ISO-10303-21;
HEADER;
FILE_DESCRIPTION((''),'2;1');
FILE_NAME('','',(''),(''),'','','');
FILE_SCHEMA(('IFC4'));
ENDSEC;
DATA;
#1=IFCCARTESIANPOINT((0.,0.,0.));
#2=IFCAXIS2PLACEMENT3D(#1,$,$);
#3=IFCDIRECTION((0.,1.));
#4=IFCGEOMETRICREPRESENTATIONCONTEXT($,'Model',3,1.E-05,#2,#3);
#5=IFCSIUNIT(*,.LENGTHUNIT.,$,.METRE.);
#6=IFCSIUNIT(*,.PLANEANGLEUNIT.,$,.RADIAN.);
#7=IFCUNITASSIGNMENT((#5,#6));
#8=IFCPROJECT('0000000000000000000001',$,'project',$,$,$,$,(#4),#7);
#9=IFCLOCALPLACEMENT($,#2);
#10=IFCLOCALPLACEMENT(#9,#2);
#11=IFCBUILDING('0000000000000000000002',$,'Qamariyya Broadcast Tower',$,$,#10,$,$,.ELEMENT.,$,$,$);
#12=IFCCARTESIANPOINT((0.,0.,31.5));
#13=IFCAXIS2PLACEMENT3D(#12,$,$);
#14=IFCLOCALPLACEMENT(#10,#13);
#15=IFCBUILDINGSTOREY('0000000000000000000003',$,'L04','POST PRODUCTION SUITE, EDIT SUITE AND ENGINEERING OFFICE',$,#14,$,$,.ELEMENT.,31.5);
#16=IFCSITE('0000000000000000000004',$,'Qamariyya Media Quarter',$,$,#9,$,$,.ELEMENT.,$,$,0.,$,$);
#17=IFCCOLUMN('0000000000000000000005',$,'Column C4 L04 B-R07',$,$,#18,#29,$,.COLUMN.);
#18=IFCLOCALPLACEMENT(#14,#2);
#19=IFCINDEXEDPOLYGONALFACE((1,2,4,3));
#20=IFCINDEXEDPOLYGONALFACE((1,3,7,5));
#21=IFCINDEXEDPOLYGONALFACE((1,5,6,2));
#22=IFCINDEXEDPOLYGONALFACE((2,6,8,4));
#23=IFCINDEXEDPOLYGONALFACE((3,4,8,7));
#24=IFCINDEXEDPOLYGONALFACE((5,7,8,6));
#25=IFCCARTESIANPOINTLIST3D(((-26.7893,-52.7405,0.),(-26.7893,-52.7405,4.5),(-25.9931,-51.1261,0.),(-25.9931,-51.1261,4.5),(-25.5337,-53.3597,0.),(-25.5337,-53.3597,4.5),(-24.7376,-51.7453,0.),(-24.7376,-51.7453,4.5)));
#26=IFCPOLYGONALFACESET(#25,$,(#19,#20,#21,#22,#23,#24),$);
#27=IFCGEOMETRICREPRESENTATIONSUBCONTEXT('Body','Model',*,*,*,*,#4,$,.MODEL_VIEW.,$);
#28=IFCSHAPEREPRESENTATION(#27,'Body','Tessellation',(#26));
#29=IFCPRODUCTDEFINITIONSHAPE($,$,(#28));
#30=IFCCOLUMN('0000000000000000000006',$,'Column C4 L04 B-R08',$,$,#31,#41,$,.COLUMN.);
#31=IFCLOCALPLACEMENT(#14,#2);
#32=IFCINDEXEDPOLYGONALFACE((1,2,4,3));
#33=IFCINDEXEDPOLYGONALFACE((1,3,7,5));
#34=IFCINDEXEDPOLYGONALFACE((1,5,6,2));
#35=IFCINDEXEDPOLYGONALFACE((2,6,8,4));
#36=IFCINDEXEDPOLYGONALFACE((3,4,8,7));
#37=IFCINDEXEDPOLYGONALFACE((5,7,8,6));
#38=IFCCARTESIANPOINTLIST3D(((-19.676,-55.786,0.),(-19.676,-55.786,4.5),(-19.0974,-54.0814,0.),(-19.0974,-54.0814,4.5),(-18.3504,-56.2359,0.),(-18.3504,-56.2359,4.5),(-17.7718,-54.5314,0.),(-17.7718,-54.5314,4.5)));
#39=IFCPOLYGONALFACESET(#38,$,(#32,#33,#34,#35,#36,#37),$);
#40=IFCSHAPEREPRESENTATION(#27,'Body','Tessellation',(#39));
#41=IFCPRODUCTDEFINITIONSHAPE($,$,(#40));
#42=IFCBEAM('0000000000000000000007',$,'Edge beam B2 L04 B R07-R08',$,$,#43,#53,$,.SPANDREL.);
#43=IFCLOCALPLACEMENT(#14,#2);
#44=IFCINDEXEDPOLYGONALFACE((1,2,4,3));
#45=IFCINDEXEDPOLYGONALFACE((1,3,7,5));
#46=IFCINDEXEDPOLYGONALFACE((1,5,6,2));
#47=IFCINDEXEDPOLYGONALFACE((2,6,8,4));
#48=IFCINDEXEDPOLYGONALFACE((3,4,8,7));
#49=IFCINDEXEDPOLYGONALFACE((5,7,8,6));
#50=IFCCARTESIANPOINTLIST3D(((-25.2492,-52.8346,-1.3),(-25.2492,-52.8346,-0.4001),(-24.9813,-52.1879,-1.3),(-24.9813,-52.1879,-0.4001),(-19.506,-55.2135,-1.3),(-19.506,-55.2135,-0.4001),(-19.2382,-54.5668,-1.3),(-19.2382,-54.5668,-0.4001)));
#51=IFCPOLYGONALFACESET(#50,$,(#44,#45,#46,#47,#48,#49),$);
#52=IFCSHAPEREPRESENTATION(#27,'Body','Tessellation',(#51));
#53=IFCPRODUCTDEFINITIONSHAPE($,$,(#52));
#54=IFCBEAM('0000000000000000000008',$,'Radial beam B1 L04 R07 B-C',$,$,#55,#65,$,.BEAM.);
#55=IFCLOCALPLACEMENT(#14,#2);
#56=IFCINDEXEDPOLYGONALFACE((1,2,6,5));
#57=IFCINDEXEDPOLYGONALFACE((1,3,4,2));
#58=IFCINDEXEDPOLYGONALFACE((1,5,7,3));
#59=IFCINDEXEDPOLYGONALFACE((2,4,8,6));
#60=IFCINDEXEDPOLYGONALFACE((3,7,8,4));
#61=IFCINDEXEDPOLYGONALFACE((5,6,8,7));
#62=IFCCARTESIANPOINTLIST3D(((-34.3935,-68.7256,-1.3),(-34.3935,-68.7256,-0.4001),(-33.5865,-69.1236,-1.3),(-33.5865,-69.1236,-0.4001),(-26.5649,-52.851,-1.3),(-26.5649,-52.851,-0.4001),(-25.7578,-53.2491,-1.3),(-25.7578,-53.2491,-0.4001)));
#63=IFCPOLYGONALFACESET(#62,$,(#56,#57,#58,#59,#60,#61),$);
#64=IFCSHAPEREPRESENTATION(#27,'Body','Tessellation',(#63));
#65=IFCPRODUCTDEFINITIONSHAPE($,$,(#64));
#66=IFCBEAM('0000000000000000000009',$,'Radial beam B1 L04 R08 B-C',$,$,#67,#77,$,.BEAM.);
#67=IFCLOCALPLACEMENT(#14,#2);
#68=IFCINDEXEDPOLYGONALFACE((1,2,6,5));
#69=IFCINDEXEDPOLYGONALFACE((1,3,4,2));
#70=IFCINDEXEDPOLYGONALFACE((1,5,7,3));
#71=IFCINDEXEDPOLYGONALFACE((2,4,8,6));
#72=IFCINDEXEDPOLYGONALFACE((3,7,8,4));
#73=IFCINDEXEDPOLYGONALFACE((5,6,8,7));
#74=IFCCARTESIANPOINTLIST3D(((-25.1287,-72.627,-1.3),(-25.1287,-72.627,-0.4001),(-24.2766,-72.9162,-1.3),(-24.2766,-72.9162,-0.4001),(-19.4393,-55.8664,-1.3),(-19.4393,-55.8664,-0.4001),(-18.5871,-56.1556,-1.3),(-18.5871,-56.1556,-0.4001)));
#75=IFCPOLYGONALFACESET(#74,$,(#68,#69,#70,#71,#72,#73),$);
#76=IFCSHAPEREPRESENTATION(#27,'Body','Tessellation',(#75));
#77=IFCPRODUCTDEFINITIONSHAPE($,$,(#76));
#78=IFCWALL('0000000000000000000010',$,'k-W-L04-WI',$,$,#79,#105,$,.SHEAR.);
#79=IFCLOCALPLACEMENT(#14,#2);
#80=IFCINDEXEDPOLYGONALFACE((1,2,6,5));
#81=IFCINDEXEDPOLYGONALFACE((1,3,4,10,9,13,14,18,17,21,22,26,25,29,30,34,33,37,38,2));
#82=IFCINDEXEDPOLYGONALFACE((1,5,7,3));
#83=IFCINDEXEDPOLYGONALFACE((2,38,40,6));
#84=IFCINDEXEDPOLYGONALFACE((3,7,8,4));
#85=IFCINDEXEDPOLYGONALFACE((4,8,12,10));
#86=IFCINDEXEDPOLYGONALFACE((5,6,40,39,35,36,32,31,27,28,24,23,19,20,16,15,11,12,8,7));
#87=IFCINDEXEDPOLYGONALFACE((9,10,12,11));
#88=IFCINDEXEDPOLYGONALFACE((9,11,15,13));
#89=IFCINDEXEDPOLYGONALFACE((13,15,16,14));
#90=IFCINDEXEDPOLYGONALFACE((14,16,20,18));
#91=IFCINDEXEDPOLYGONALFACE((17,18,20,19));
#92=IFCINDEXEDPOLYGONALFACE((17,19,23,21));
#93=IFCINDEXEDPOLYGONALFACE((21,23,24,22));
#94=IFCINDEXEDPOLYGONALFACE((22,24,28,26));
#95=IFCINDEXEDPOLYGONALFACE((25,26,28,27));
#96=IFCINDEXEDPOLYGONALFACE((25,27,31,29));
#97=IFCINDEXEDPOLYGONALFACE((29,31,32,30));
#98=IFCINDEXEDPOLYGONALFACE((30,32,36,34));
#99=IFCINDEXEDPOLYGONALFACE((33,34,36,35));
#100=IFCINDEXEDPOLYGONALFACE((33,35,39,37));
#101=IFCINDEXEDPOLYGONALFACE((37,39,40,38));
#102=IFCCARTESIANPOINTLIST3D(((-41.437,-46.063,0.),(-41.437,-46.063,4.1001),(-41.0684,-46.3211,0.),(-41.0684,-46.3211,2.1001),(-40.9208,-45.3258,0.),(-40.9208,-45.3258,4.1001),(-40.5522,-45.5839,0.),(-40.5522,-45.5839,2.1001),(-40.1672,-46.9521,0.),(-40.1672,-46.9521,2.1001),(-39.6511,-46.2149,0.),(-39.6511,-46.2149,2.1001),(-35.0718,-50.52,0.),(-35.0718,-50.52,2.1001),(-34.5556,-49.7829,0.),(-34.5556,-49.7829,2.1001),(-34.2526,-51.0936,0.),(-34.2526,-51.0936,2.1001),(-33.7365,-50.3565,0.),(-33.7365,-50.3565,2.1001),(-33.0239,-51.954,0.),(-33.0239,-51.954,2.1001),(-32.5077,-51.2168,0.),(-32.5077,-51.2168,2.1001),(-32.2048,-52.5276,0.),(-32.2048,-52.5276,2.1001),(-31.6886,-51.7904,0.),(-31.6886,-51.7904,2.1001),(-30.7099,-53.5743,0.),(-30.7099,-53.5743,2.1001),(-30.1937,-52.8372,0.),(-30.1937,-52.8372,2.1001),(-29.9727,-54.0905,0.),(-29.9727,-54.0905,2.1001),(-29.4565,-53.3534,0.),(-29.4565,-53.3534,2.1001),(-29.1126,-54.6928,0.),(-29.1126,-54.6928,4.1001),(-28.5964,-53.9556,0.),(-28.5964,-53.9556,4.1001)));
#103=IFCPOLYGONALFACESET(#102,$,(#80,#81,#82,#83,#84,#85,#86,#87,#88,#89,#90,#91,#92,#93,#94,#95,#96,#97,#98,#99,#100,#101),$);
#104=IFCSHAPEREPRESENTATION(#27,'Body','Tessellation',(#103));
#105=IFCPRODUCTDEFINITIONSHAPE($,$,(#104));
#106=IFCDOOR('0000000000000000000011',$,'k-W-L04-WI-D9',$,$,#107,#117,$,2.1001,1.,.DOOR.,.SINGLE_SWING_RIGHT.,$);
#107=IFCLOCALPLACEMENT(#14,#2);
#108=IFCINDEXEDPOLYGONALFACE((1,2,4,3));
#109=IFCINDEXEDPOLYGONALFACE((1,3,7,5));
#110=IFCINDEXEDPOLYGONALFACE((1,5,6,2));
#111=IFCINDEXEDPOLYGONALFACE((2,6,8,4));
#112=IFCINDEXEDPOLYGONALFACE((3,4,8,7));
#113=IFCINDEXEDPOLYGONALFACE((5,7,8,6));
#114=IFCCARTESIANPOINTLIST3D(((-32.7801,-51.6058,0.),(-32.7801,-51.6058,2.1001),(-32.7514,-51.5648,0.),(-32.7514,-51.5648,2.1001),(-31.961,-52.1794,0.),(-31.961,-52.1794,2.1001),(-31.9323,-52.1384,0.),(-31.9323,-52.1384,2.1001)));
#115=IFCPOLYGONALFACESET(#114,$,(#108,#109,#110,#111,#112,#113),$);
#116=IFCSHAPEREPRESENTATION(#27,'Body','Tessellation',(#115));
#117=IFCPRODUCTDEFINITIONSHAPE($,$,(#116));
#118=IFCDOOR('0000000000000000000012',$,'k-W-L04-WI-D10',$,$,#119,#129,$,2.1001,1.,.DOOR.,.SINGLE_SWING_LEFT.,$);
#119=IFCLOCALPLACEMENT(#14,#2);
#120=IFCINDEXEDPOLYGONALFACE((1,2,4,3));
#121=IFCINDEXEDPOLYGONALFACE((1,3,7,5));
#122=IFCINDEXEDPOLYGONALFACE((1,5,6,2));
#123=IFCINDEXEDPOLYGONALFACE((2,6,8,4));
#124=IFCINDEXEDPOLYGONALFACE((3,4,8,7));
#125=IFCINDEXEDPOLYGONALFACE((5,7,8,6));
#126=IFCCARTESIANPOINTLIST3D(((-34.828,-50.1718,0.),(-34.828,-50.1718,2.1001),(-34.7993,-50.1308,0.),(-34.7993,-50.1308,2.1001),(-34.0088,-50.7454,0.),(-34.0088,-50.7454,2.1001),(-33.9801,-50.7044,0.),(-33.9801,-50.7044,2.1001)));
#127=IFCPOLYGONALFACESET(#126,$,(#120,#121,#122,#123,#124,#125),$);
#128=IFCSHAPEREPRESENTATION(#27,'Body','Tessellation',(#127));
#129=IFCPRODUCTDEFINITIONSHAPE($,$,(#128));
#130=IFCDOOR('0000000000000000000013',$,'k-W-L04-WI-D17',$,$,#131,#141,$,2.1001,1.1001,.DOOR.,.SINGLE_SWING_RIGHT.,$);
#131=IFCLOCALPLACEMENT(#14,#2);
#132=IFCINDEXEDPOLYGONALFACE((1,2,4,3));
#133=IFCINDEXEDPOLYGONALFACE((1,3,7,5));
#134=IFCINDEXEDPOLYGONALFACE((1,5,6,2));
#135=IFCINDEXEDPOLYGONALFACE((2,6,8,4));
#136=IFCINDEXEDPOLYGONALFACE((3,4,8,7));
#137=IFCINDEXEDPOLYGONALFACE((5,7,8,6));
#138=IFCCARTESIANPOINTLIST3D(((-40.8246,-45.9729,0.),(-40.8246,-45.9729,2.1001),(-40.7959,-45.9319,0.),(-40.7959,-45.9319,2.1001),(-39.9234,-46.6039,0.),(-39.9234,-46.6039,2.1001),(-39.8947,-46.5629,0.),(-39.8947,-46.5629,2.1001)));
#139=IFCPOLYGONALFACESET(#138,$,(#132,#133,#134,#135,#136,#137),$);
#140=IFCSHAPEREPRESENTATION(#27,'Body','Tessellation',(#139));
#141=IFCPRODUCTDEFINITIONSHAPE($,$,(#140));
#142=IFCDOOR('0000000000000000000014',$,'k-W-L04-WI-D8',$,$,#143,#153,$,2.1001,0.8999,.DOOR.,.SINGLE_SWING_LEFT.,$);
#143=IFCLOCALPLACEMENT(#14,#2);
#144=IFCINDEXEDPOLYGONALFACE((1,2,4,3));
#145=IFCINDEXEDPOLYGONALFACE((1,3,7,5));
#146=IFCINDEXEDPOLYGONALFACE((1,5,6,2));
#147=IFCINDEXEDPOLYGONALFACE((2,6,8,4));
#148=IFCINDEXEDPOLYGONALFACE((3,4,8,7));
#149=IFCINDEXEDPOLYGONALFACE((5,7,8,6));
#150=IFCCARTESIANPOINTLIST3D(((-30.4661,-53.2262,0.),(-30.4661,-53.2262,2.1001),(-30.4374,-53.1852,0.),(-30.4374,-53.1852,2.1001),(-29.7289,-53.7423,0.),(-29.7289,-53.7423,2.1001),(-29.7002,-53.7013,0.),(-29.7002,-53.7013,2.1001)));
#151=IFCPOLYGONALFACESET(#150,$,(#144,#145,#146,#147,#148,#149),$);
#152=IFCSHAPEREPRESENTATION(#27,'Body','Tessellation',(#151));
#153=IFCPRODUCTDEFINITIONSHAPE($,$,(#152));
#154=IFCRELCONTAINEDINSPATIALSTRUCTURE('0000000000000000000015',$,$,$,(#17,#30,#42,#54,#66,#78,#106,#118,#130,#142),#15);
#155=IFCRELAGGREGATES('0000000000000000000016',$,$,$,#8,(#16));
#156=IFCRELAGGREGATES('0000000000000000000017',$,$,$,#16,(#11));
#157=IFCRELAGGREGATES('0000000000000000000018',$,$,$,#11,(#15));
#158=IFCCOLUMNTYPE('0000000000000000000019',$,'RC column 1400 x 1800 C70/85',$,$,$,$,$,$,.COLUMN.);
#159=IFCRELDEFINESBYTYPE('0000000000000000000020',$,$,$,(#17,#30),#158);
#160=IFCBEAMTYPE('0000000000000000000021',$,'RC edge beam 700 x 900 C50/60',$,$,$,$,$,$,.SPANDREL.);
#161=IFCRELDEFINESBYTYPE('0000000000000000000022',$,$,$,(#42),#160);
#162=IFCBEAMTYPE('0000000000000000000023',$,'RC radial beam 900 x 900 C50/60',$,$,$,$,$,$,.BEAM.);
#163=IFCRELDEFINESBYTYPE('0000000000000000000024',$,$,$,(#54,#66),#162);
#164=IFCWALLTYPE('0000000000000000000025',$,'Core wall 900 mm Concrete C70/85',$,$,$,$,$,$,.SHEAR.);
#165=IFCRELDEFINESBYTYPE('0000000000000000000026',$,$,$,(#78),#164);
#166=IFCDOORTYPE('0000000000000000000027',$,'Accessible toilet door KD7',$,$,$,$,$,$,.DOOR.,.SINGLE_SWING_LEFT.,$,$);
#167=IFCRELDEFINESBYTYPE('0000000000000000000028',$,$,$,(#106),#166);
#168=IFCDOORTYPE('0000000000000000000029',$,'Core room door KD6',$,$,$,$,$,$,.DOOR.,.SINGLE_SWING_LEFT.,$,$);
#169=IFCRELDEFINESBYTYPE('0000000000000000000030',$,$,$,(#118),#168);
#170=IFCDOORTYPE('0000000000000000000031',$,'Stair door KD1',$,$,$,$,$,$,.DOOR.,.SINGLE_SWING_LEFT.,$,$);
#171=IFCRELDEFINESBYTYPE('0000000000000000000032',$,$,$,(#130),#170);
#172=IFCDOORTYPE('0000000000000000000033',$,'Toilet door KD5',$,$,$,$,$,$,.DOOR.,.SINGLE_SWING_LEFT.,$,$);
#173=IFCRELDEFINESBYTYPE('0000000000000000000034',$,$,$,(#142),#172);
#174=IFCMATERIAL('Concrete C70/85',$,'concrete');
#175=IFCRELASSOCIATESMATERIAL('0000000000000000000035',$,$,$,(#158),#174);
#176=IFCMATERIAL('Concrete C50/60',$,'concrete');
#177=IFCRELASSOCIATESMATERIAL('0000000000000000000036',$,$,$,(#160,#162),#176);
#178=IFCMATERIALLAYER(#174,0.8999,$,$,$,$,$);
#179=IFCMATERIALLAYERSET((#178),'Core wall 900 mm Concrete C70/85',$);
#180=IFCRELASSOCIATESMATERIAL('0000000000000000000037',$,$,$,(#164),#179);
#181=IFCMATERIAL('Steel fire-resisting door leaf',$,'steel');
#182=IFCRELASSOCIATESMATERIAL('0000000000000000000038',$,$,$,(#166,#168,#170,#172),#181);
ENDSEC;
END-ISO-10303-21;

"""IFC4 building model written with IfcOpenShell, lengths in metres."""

from ifc_helpers import new_model, si_unit, direction, frame, frame_2d, origin, origin_2d, place, context, subcontext, project, spatial, rectangle, extrude, material, layer, layer_set, material_profile, profile_set, type_object, element, fill, save


model = new_model("IFC4")

# Units and contexts
model_context = context("Model", 3, precision=1e-05, world=origin(), true_north=direction((0.0, 1.0)))
body_context = subcontext(model_context, "Body", "Model", "MODEL_VIEW")
ifc_project = project(units=[si_unit("LENGTHUNIT", "METRE"), si_unit("PLANEANGLEUNIT", "RADIAN")], contexts=[model_context])

# Site, building, storey
site_placement = place(None, origin())
site = spatial("IfcSite", under=ifc_project, at=site_placement, Name="Qamariyya Media Quarter", CompositionType="ELEMENT", RefElevation=0.0)
building_placement = place(site_placement, origin())
building = spatial("IfcBuilding", under=site, at=building_placement, Name="Qamariyya Broadcast Tower", CompositionType="ELEMENT")
storey_placement = place(building_placement, frame((0.0, 0.0, 31.5)))
storey = spatial("IfcBuildingStorey", under=building, at=storey_placement, Name="L04", Description="POST PRODUCTION SUITE, EDIT SUITE AND ENGINEERING OFFICE", CompositionType="ELEMENT", Elevation=31.5)

# Columns
ifc_material_1 = material(Name="Concrete C70/85", Category="concrete")
ifc_material_profile_1 = material_profile(ifc_material_1, rectangle(XDim=1.3999, YDim=1.8, at=origin_2d()))
ifc_profile_set_1 = profile_set([ifc_material_profile_1], Name="Concrete C70/85")
column_type = type_object("IfcColumnType", Name="RC column 1400 x 1800 C70/85", PredefinedType="COLUMN", material=ifc_profile_set_1)
for number, where, z_axis, x_axis, name in (
    (1, (-25.7634, -52.2429, 0.0), (0.0, 0.0, 1.0), (0.896873, -0.442289, 0.0), "Column C4 L04 B-R07"),
    (2, (-18.7239, -55.1587, 0.0), (0.0, 0.0, 1.0), (0.94693, -0.321439, 0.0), "Column C4 L04 B-R08"),
):
    element("IfcColumn", number, at=place(storey_placement, frame(where, z_axis=z_axis, x_axis=x_axis)), inside=storey, type_object=column_type, Name=name, PredefinedType="COLUMN", context=body_context, shape_type="SweptSolid", body=[
        extrude(rectangle(XDim=1.3999, YDim=1.8, at=origin_2d()), origin(), (0.0, 0.0, 1.0), 4.5),
    ])

# Beams
ifc_material_2 = material(Name="Concrete C50/60", Category="concrete")
ifc_material_profile_2 = material_profile(ifc_material_2, rectangle(XDim=0.7, YDim=0.8999, at=origin_2d()))
ifc_profile_set_2 = profile_set([ifc_material_profile_2], Name="Concrete C50/60")
beam_type_1 = type_object("IfcBeamType", Name="RC edge beam 700 x 900 C50/60", PredefinedType="SPANDREL", material=ifc_profile_set_2)
beam_placement = place(storey_placement, frame((-25.1152, -52.5112, -0.8501), z_axis=(0.923879, -0.382685, 0.0), x_axis=(0.382685, 0.923879, 0.0)))
element("IfcBeam", 3, at=beam_placement, inside=storey, type_object=beam_type_1, Name="Edge beam B2 L04 B R07-R08", PredefinedType="SPANDREL", context=body_context, shape_type="SweptSolid", body=[
    extrude(rectangle(XDim=0.7, YDim=0.8999, at=origin_2d()), origin(), (0.0, 0.0, 1.0), 6.2163),
])
ifc_material_profile_3 = material_profile(ifc_material_2, rectangle(XDim=0.8999, YDim=0.8999, at=origin_2d()))
ifc_profile_set_3 = profile_set([ifc_material_profile_3], Name="Concrete C50/60")
beam_type_2 = type_object("IfcBeamType", Name="RC radial beam 900 x 900 C50/60", PredefinedType="BEAM", material=ifc_profile_set_3)
for number, where, z_axis, x_axis, name in (
    (4, (-26.1614, -53.05, -0.8501), (-0.442296, -0.896869, 0.0), (0.896869, -0.442296, 0.0), "Radial beam B1 L04 R07 B-C"),
    (5, (-19.0132, -56.011, -0.8501), (-0.321441, -0.94693, 0.0), (0.94693, -0.321441, 0.0), "Radial beam B1 L04 R08 B-C"),
):
    element("IfcBeam", number, at=place(storey_placement, frame(where, z_axis=z_axis, x_axis=x_axis)), inside=storey, type_object=beam_type_2, Name=name, PredefinedType="BEAM", context=body_context, shape_type="SweptSolid", body=[
        extrude(rectangle(XDim=0.8999, YDim=0.8999, at=origin_2d()), origin(), (0.0, 0.0, 1.0), 17.7),
    ])

# Wall, openings, doors
ifc_layer_1 = layer(ifc_material_1, 0.8999)
ifc_layer_set_1 = layer_set([ifc_layer_1], Name="Core wall 900 mm Concrete C70/85")
wall_type_1 = type_object("IfcWallType", Name="Core wall 900 mm Concrete C70/85", PredefinedType="SHEAR", material=ifc_layer_set_1)
wall_1_placement = place(storey_placement, frame((-28.8545, -54.3242, 0.0), z_axis=(0.0, 0.0, 1.0), x_axis=(-0.819146, 0.573585, 0.0)))
wall_1 = element("IfcWall", 6, at=wall_1_placement, inside=storey, type_object=wall_type_1, Name="k-W-L04-WI", PredefinedType="SHEAR", context=body_context, shape_type="SweptSolid", body=[
    extrude(rectangle(XDim=15.0454, YDim=0.8999, at=frame_2d((7.5227, 0.0))), origin(), (0.0, 0.0, 1.0), 4.1001),
])
opening_1_placement = place(wall_1_placement, frame((1.05, 0.0, 0.0)))
opening_1 = element("IfcOpeningElement", 7, at=opening_1_placement, cuts=wall_1, PredefinedType="OPENING", context=body_context, shape_type="SweptSolid", body=[
    extrude(rectangle(XDim=0.8999, YDim=2.1001, at=frame_2d((0.45, 1.05))), frame((0.0, 0.46, 0.0), z_axis=(0.0, -1.0, 0.0), x_axis=(1.0, 0.0, 0.0)), (0.0, 0.0, 1.0), 0.9199),
])
opening_2_placement = place(wall_1_placement, frame((3.7749, 0.0, 0.0)))
opening_2 = element("IfcOpeningElement", 8, at=opening_2_placement, cuts=wall_1, PredefinedType="OPENING", context=body_context, shape_type="SweptSolid", body=[
    extrude(rectangle(XDim=1.0, YDim=2.1001, at=frame_2d((0.5, 1.05))), frame((0.0, 0.46, 0.0), z_axis=(0.0, -1.0, 0.0), x_axis=(1.0, 0.0, 0.0)), (0.0, 0.0, 1.0), 0.9199),
])
opening_3_placement = place(wall_1_placement, frame((6.2749, 0.0, 0.0)))
opening_3 = element("IfcOpeningElement", 9, at=opening_3_placement, cuts=wall_1, PredefinedType="OPENING", context=body_context, shape_type="SweptSolid", body=[
    extrude(rectangle(XDim=1.0, YDim=2.1001, at=frame_2d((0.5, 1.05))), frame((0.0, 0.46, 0.0), z_axis=(0.0, -1.0, 0.0), x_axis=(1.0, 0.0, 0.0)), (0.0, 0.0, 1.0), 0.9199),
])
opening_4_placement = place(wall_1_placement, frame((13.4954, 0.0, 0.0)))
opening_4 = element("IfcOpeningElement", 10, at=opening_4_placement, cuts=wall_1, PredefinedType="OPENING", context=body_context, shape_type="SweptSolid", body=[
    extrude(rectangle(XDim=1.1001, YDim=2.1001, at=frame_2d((0.55, 1.05))), frame((0.0, 0.46, 0.0), z_axis=(0.0, -1.0, 0.0), x_axis=(1.0, 0.0, 0.0)), (0.0, 0.0, 1.0), 0.9199),
])
ifc_material_3 = material(Name="Steel fire-resisting door leaf", Category="steel")
door_type_1 = type_object("IfcDoorType", Name="Accessible toilet door KD7", OperationType="SINGLE_SWING_LEFT", PredefinedType="DOOR", material=ifc_material_3)
door_1_placement = place(opening_2_placement, origin())
door_1 = element("IfcDoor", 11, at=door_1_placement, inside=storey, type_object=door_type_1, Name="k-W-L04-WI-D9", OperationType="SINGLE_SWING_RIGHT", OverallHeight=2.1001, OverallWidth=1.0, PredefinedType="DOOR", context=body_context, shape_type="SweptSolid", body=[
    extrude(rectangle(XDim=1.0, YDim=2.1001, at=frame_2d((0.5, 1.05))), frame((0.0, 0.0249, 0.0), z_axis=(0.0, -1.0, 0.0), x_axis=(1.0, 0.0, 0.0)), (0.0, 0.0, 1.0), 0.05),
])
fill(opening_2, door_1)
door_type_2 = type_object("IfcDoorType", Name="Core room door KD6", OperationType="SINGLE_SWING_LEFT", PredefinedType="DOOR", material=ifc_material_3)
door_2_placement = place(opening_3_placement, origin())
door_2 = element("IfcDoor", 12, at=door_2_placement, inside=storey, type_object=door_type_2, Name="k-W-L04-WI-D10", OperationType="SINGLE_SWING_LEFT", OverallHeight=2.1001, OverallWidth=1.0, PredefinedType="DOOR", context=body_context, shape_type="SweptSolid", body=[
    extrude(rectangle(XDim=1.0, YDim=2.1001, at=frame_2d((0.5, 1.05))), frame((0.0, 0.0249, 0.0), z_axis=(0.0, -1.0, 0.0), x_axis=(1.0, 0.0, 0.0)), (0.0, 0.0, 1.0), 0.05),
])
fill(opening_3, door_2)
door_type_3 = type_object("IfcDoorType", Name="Stair door KD1", OperationType="SINGLE_SWING_LEFT", PredefinedType="DOOR", material=ifc_material_3)
door_3_placement = place(opening_4_placement, origin())
door_3 = element("IfcDoor", 13, at=door_3_placement, inside=storey, type_object=door_type_3, Name="k-W-L04-WI-D17", OperationType="SINGLE_SWING_RIGHT", OverallHeight=2.1001, OverallWidth=1.1001, PredefinedType="DOOR", context=body_context, shape_type="SweptSolid", body=[
    extrude(rectangle(XDim=1.1001, YDim=2.1001, at=frame_2d((0.55, 1.05))), frame((0.0, 0.0249, 0.0), z_axis=(0.0, -1.0, 0.0), x_axis=(1.0, 0.0, 0.0)), (0.0, 0.0, 1.0), 0.05),
])
fill(opening_4, door_3)
door_type_4 = type_object("IfcDoorType", Name="Toilet door KD5", OperationType="SINGLE_SWING_LEFT", PredefinedType="DOOR", material=ifc_material_3)
door_4_placement = place(opening_1_placement, origin())
door_4 = element("IfcDoor", 14, at=door_4_placement, inside=storey, type_object=door_type_4, Name="k-W-L04-WI-D8", OperationType="SINGLE_SWING_LEFT", OverallHeight=2.1001, OverallWidth=0.8999, PredefinedType="DOOR", context=body_context, shape_type="SweptSolid", body=[
    extrude(rectangle(XDim=0.8999, YDim=2.1001, at=frame_2d((0.45, 1.05))), frame((0.0, 0.0249, 0.0), z_axis=(0.0, -1.0, 0.0), x_axis=(1.0, 0.0, 0.0)), (0.0, 0.0, 1.0), 0.05),
])
fill(opening_1, door_4)

save(model, "model.ifc")
